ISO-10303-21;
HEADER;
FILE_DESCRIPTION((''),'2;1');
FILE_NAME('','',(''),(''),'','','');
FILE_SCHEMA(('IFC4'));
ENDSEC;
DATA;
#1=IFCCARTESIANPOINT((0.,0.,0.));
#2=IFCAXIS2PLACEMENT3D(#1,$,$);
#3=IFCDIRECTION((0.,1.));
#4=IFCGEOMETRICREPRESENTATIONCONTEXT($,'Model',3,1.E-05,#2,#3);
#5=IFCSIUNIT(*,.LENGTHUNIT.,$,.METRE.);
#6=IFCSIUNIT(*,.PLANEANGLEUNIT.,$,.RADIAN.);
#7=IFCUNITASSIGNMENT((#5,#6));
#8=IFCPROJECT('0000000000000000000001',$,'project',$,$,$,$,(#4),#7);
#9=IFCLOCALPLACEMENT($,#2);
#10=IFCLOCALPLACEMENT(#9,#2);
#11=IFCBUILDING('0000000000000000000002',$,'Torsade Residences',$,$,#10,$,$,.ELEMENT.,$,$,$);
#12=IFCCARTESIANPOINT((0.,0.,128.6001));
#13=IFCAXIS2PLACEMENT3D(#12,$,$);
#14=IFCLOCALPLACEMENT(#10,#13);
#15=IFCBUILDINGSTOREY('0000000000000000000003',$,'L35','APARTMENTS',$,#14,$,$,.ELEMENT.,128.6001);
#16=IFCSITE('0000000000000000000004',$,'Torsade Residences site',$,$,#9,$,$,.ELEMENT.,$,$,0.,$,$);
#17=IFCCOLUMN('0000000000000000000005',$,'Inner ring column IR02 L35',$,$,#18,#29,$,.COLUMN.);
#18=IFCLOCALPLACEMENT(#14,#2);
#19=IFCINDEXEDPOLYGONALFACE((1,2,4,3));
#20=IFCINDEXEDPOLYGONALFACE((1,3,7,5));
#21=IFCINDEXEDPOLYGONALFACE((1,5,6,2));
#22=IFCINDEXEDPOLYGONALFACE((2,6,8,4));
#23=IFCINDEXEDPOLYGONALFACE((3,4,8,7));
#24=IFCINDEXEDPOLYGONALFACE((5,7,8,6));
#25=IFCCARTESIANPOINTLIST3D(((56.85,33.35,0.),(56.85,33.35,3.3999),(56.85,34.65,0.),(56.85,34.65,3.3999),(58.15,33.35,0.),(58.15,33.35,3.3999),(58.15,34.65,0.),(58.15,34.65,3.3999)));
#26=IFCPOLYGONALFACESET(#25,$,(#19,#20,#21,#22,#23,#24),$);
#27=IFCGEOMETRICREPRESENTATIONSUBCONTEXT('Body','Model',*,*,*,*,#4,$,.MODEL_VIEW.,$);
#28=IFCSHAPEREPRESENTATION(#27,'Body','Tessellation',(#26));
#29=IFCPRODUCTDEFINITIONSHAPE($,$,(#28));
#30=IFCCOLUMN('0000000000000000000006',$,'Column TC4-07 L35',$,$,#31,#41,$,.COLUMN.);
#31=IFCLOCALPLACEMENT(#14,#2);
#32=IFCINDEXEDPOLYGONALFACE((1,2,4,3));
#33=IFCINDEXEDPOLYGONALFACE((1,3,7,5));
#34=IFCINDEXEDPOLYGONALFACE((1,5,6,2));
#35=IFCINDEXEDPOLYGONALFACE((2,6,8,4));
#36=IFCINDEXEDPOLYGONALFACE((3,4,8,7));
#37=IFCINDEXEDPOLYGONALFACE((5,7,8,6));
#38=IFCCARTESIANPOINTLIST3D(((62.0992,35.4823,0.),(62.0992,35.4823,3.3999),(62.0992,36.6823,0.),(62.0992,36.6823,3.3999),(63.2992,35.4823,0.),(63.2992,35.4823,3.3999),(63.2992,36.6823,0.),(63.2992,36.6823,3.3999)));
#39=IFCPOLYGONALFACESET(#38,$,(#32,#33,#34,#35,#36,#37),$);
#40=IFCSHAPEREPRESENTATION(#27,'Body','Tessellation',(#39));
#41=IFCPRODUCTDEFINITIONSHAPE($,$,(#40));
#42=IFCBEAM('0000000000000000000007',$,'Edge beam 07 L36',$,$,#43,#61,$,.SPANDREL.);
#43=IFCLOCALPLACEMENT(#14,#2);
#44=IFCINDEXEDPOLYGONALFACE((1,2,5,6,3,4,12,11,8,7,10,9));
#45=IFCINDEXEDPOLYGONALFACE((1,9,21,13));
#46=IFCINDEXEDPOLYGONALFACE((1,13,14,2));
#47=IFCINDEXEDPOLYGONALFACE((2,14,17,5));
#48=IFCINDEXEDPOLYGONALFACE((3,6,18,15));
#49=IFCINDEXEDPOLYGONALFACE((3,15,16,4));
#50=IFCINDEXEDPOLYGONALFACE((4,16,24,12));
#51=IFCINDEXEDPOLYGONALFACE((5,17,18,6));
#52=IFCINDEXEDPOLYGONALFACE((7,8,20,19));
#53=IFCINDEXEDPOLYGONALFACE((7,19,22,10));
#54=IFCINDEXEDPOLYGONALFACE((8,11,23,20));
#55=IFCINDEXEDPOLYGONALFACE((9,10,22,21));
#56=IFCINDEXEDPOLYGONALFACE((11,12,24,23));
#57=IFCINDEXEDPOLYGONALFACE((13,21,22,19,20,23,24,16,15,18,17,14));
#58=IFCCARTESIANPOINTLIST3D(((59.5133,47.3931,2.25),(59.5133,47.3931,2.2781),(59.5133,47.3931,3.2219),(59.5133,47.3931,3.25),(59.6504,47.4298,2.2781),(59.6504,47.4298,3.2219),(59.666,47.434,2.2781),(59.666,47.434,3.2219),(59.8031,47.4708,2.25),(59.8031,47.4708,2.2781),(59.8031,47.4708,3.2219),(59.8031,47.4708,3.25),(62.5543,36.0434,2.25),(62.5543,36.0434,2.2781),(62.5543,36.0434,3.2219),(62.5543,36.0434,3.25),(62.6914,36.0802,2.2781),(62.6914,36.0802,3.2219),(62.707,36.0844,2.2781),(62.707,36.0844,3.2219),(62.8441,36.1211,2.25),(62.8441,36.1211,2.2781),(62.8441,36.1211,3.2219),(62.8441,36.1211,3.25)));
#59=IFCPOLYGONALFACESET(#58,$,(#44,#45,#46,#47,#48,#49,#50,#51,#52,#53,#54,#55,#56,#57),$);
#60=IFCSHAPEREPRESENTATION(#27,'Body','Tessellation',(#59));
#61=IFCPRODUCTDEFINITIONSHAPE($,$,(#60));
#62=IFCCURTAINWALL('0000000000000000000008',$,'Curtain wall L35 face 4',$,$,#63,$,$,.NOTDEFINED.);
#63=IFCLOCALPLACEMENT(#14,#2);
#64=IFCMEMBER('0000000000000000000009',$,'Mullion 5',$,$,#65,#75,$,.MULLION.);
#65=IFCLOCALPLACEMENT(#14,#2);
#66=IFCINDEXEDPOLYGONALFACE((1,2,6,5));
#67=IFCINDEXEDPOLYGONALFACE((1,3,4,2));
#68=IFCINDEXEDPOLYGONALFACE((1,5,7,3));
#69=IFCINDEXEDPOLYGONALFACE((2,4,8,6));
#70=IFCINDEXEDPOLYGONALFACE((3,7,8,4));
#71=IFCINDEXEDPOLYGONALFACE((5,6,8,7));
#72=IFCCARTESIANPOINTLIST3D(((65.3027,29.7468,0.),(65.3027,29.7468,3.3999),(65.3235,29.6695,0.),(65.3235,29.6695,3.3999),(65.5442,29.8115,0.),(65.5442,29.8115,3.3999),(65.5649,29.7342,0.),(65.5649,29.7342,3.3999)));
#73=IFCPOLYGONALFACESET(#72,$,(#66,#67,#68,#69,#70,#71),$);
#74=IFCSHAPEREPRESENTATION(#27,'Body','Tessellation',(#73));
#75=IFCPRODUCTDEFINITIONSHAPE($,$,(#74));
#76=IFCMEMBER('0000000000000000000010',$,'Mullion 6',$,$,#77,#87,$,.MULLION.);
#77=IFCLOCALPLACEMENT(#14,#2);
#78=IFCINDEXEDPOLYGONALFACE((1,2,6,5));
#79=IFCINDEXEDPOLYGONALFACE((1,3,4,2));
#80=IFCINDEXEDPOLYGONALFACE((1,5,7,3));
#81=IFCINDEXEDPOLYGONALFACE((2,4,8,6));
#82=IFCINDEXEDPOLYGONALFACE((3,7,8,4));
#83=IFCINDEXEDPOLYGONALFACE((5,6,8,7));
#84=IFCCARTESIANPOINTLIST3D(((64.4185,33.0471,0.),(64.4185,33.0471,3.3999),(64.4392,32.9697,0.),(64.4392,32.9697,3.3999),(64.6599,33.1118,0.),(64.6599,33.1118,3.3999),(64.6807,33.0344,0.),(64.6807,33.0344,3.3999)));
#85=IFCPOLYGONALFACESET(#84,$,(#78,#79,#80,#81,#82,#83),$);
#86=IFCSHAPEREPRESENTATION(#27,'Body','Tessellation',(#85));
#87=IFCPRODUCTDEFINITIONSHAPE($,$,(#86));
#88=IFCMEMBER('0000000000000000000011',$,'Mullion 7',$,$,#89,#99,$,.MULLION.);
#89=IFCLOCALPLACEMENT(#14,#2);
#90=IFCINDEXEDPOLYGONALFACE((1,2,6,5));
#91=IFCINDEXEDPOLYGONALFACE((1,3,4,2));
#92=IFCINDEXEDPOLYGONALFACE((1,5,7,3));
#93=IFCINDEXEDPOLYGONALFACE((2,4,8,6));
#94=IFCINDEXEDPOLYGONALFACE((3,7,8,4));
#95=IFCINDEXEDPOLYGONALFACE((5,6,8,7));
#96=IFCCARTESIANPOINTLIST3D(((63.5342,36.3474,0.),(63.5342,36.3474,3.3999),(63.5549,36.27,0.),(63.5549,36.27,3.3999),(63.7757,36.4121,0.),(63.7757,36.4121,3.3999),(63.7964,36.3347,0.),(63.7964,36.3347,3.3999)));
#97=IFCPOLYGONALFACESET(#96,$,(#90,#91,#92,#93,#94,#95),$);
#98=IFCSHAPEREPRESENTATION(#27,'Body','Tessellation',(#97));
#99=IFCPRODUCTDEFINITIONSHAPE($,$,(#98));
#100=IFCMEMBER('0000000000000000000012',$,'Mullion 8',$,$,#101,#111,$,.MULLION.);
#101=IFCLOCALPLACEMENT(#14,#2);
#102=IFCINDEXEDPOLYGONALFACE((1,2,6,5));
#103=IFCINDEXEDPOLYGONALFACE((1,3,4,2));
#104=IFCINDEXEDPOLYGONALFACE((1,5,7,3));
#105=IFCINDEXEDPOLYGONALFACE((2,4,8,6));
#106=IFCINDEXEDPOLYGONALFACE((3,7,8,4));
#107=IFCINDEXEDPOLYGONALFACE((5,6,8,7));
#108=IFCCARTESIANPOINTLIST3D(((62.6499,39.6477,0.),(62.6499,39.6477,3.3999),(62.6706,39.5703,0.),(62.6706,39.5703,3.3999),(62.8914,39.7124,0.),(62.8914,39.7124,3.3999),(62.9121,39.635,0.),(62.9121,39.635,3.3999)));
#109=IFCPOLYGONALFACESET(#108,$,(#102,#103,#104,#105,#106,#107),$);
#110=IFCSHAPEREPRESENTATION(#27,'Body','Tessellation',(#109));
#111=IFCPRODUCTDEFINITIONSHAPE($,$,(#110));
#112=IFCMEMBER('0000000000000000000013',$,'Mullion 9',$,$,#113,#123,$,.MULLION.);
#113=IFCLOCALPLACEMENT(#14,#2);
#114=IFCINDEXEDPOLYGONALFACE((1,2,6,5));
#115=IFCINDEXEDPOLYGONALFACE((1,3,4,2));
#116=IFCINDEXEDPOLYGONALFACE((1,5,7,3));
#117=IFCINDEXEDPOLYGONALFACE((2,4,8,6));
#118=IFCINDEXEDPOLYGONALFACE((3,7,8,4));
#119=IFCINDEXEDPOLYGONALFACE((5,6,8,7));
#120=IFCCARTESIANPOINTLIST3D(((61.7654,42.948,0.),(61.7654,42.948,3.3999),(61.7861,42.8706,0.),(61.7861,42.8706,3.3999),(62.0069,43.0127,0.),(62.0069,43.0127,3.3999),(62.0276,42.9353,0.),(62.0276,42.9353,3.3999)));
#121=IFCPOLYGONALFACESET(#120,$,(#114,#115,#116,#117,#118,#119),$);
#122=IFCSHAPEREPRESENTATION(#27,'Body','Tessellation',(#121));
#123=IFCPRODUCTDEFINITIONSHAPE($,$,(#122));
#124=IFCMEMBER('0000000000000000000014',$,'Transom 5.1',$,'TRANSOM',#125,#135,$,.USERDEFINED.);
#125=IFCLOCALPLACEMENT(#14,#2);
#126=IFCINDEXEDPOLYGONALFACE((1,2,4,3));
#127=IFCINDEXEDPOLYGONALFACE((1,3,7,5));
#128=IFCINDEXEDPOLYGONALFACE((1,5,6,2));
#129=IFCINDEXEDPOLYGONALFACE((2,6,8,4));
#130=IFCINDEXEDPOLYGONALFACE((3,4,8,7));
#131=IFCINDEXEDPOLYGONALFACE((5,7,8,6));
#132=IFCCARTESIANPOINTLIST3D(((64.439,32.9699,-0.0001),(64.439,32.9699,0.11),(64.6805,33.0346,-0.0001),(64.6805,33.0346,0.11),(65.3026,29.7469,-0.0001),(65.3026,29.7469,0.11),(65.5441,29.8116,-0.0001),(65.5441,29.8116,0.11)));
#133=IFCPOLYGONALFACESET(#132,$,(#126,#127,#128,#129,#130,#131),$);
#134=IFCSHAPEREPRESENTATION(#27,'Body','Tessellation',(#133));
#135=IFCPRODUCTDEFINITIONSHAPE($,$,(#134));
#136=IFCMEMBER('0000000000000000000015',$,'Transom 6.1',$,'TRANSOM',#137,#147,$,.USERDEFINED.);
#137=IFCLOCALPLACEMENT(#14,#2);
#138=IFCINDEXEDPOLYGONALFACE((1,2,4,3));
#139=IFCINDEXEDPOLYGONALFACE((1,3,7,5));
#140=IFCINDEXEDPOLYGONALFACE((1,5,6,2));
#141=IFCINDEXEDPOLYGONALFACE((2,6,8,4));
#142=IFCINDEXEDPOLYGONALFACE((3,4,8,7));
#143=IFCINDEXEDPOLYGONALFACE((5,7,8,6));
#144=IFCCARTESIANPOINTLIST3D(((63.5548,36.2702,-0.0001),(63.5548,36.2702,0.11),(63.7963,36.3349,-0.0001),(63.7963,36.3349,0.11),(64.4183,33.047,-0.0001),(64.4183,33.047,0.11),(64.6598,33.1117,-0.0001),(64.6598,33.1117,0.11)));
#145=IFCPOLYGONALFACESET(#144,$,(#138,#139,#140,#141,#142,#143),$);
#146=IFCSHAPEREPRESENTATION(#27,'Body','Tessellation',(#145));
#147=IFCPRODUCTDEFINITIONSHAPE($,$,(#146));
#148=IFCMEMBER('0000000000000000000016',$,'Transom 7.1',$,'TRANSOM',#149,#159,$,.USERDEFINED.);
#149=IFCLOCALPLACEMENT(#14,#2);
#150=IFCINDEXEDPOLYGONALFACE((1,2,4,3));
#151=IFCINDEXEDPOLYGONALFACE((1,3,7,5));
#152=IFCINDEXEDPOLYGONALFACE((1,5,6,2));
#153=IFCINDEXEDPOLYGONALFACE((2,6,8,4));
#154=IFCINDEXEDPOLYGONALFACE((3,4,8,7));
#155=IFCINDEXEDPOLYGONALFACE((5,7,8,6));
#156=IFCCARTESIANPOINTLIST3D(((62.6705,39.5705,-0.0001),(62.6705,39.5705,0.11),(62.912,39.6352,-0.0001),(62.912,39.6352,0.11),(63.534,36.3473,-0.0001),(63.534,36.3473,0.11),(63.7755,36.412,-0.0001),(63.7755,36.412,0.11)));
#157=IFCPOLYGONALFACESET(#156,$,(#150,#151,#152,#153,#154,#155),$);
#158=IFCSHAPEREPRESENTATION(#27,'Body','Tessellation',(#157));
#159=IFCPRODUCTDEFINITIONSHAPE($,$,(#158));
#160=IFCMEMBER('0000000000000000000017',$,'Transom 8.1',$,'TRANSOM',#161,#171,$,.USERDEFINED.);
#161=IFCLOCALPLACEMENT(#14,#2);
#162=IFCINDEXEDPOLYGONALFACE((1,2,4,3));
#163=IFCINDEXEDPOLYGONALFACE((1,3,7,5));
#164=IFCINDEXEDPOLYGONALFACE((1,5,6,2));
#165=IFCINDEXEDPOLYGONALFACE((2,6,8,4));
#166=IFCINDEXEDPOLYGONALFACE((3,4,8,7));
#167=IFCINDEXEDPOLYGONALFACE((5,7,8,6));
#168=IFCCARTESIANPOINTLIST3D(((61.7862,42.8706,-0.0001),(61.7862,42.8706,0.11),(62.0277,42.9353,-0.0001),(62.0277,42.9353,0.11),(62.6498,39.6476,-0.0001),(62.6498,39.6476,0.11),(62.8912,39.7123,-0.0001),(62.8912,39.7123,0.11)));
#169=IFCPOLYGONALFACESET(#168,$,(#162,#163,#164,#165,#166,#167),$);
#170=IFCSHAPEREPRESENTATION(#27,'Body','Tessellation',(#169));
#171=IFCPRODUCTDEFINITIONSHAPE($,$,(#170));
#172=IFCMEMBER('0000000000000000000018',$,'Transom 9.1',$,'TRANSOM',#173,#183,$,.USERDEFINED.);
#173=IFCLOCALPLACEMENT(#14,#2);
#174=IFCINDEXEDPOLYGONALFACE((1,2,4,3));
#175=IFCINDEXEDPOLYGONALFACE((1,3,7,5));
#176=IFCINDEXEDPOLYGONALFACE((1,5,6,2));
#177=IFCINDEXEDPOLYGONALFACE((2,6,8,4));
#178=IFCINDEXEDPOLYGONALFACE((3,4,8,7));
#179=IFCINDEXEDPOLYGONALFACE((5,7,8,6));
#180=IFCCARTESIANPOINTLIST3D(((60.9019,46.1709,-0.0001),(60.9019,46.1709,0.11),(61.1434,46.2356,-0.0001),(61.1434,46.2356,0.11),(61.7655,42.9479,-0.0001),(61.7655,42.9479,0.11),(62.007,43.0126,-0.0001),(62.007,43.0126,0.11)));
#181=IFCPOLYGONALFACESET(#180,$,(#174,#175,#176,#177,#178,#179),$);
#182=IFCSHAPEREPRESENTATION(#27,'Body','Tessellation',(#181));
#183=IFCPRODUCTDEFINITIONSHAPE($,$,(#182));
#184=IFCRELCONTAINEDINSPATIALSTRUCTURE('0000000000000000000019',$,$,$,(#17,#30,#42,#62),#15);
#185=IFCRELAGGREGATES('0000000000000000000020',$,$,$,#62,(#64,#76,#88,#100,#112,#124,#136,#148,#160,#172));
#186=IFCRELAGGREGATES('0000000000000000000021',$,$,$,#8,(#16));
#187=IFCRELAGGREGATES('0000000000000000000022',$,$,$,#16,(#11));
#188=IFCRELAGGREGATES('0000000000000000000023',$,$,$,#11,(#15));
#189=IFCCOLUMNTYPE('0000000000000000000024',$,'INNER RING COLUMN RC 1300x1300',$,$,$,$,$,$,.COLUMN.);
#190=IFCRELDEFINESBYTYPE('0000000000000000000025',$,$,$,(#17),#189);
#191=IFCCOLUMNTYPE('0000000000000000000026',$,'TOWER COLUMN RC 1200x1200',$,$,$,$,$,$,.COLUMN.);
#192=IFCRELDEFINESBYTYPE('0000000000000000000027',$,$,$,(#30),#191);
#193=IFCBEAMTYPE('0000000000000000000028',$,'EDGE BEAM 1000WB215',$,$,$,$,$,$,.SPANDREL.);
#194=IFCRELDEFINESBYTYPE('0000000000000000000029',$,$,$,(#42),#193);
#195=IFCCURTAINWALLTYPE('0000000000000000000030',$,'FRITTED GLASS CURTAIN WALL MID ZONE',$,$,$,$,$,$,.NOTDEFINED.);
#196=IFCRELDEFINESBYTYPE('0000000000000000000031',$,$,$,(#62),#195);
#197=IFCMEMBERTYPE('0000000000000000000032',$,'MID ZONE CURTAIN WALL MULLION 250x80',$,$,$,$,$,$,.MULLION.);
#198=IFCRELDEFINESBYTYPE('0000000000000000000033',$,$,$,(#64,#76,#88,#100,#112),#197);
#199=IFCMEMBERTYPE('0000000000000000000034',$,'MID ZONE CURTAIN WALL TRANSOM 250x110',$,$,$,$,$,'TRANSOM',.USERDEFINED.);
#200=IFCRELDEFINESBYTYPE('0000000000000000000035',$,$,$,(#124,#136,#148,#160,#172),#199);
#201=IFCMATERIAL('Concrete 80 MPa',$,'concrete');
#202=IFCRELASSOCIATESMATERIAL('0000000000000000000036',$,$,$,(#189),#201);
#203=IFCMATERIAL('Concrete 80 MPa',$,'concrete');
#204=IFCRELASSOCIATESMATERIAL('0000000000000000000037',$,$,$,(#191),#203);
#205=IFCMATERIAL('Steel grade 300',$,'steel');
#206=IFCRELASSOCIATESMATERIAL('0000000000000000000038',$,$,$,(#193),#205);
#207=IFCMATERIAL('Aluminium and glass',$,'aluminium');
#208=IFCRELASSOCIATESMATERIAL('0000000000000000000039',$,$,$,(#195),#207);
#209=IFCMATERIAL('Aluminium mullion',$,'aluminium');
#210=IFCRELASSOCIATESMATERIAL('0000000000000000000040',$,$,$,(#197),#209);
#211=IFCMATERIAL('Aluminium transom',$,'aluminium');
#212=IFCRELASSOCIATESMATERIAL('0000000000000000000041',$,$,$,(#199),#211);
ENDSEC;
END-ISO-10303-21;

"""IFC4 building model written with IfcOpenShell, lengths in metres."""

from ifc_helpers import new_model, si_unit, direction, frame, origin, origin_2d, place, context, subcontext, project, spatial, rectangle, i_section, extrude, material, material_profile, profile_set, type_object, element, aggregate, save


model = new_model("IFC4")

# Units and contexts
model_context = context("Model", 3, precision=1e-05, world=origin(), true_north=direction((0.0, 1.0)))
body_context = subcontext(model_context, "Body", "Model", "MODEL_VIEW")
ifc_project = project(units=[si_unit("LENGTHUNIT", "METRE"), si_unit("PLANEANGLEUNIT", "RADIAN")], contexts=[model_context])

# Site, building, storey
site_placement = place(None, origin())
site = spatial("IfcSite", under=ifc_project, at=site_placement, Name="Torsade Residences site", CompositionType="ELEMENT", RefElevation=0.0)
building_placement = place(site_placement, origin())
building = spatial("IfcBuilding", under=site, at=building_placement, Name="Torsade Residences", CompositionType="ELEMENT")
storey_placement = place(building_placement, frame((0.0, 0.0, 128.6001)))
storey = spatial("IfcBuildingStorey", under=building, at=storey_placement, Name="L35", Description="APARTMENTS", CompositionType="ELEMENT", Elevation=128.6001)

# Columns
ifc_material_1 = material(Name="Concrete 80 MPa", Category="concrete")
ifc_material_profile_1 = material_profile(ifc_material_1, rectangle(XDim=1.3, YDim=1.3, at=origin_2d()), Name="RC 1300x1300")
ifc_profile_set_1 = profile_set([ifc_material_profile_1], Name="Concrete 80 MPa")
column_type_1 = type_object("IfcColumnType", Name="INNER RING COLUMN RC 1300x1300", PredefinedType="COLUMN", material=ifc_profile_set_1)
column_1_placement = place(storey_placement, frame((57.5, 34.0, 0.0), z_axis=(0.0, 0.0, 1.0), x_axis=(1.0, 0.0, 0.0)))
element("IfcColumn", 1, at=column_1_placement, inside=storey, type_object=column_type_1, Name="Inner ring column IR02 L35", PredefinedType="COLUMN", context=body_context, shape_type="SweptSolid", body=[
    extrude(rectangle(XDim=1.3, YDim=1.3, at=origin_2d()), origin(), (0.0, 0.0, 1.0), 3.3999),
])
ifc_material_2 = material(Name="Concrete 80 MPa", Category="concrete")
ifc_material_profile_2 = material_profile(ifc_material_2, rectangle(XDim=1.2, YDim=1.2, at=origin_2d()), Name="RC 1200x1200")
ifc_profile_set_2 = profile_set([ifc_material_profile_2], Name="Concrete 80 MPa")
column_type_2 = type_object("IfcColumnType", Name="TOWER COLUMN RC 1200x1200", PredefinedType="COLUMN", material=ifc_profile_set_2)
column_2_placement = place(storey_placement, frame((62.6992, 36.0823, 0.0), z_axis=(0.0, 0.0, 1.0), x_axis=(1.0, 0.0, 0.0)))
element("IfcColumn", 2, at=column_2_placement, inside=storey, type_object=column_type_2, Name="Column TC4-07 L35", PredefinedType="COLUMN", context=body_context, shape_type="SweptSolid", body=[
    extrude(rectangle(XDim=1.2, YDim=1.2, at=origin_2d()), origin(), (0.0, 0.0, 1.0), 3.3999),
])

# Beam
ifc_material_3 = material(Name="Steel grade 300", Category="steel")
ifc_material_profile_3 = material_profile(ifc_material_3, i_section(OverallWidth=0.3, OverallDepth=1.0, WebThickness=0.0161, FlangeThickness=0.0281, at=origin_2d()), Name="1000WB215")
ifc_profile_set_3 = profile_set([ifc_material_profile_3], Name="Steel grade 300")
beam_type_1 = type_object("IfcBeamType", Name="EDGE BEAM 1000WB215", PredefinedType="SPANDREL", material=ifc_profile_set_3)
beam_1_placement = place(storey_placement, frame((62.6992, 36.0823, 2.75), z_axis=(-0.258811, 0.965928, 0.0), x_axis=(-0.965928, -0.258811, 0.0)))
element("IfcBeam", 3, at=beam_1_placement, inside=storey, type_object=beam_type_1, Name="Edge beam 07 L36", PredefinedType="SPANDREL", context=body_context, shape_type="SweptSolid", body=[
    extrude(i_section(OverallWidth=0.3, OverallDepth=1.0, WebThickness=0.0161, FlangeThickness=0.0281, at=origin_2d()), origin(), (0.0, 0.0, 1.0), 11.75),
])

# Curtain wall, members
ifc_material_4 = material(Name="Aluminium and glass", Category="aluminium")
curtain_wall_type = type_object("IfcCurtainWallType", Name="FRITTED GLASS CURTAIN WALL MID ZONE", PredefinedType="NOTDEFINED", material=ifc_material_4)
curtain_wall_placement = place(storey_placement, origin())
curtain_wall = element("IfcCurtainWall", 4, at=curtain_wall_placement, inside=storey, type_object=curtain_wall_type, Name="Curtain wall L35 face 4", PredefinedType="NOTDEFINED")
ifc_material_5 = material(Name="Aluminium mullion", Category="aluminium")
ifc_material_profile_4 = material_profile(ifc_material_5, rectangle(XDim=0.25, YDim=0.0801, at=origin_2d()), Name="MID ZONE CURTAIN WALL MULLION 250x80")
ifc_profile_set_4 = profile_set([ifc_material_profile_4], Name="Aluminium mullion")
member_type_1 = type_object("IfcMemberType", Name="MID ZONE CURTAIN WALL MULLION 250x80", PredefinedType="MULLION", material=ifc_profile_set_4)
member_1_placement = place(storey_placement, frame((65.4338, 29.7405, 0.0), z_axis=(0.0, 0.0, 1.0), x_axis=(-0.965926, -0.258819, 0.0)))
member_1 = element("IfcMember", 5, at=member_1_placement, type_object=member_type_1, Name="Mullion 5", PredefinedType="MULLION", context=body_context, shape_type="SweptSolid", body=[
    extrude(rectangle(XDim=0.25, YDim=0.0801, at=origin_2d()), origin(), (0.0, 0.0, 1.0), 3.3999),
])
member_2_placement = place(storey_placement, frame((64.5496, 33.0408, 0.0), z_axis=(0.0, 0.0, 1.0), x_axis=(-0.965926, -0.258819, 0.0)))
member_2 = element("IfcMember", 6, at=member_2_placement, type_object=member_type_1, Name="Mullion 6", PredefinedType="MULLION", context=body_context, shape_type="SweptSolid", body=[
    extrude(rectangle(XDim=0.25, YDim=0.0801, at=origin_2d()), origin(), (0.0, 0.0, 1.0), 3.3999),
])
member_3_placement = place(storey_placement, frame((63.6653, 36.3411, 0.0), z_axis=(0.0, 0.0, 1.0), x_axis=(-0.965926, -0.258819, 0.0)))
member_3 = element("IfcMember", 7, at=member_3_placement, type_object=member_type_1, Name="Mullion 7", PredefinedType="MULLION", context=body_context, shape_type="SweptSolid", body=[
    extrude(rectangle(XDim=0.25, YDim=0.0801, at=origin_2d()), origin(), (0.0, 0.0, 1.0), 3.3999),
])
member_4_placement = place(storey_placement, frame((62.781, 39.6414, 0.0), z_axis=(0.0, 0.0, 1.0), x_axis=(-0.965926, -0.258819, 0.0)))
member_4 = element("IfcMember", 8, at=member_4_placement, type_object=member_type_1, Name="Mullion 8", PredefinedType="MULLION", context=body_context, shape_type="SweptSolid", body=[
    extrude(rectangle(XDim=0.25, YDim=0.0801, at=origin_2d()), origin(), (0.0, 0.0, 1.0), 3.3999),
])
member_5_placement = place(storey_placement, frame((61.8965, 42.9417, 0.0), z_axis=(0.0, 0.0, 1.0), x_axis=(-0.965926, -0.258819, 0.0)))
member_5 = element("IfcMember", 9, at=member_5_placement, type_object=member_type_1, Name="Mullion 9", PredefinedType="MULLION", context=body_context, shape_type="SweptSolid", body=[
    extrude(rectangle(XDim=0.25, YDim=0.0801, at=origin_2d()), origin(), (0.0, 0.0, 1.0), 3.3999),
])
ifc_material_6 = material(Name="Aluminium transom", Category="aluminium")
ifc_material_profile_5 = material_profile(ifc_material_6, rectangle(XDim=0.25, YDim=0.1101, at=origin_2d()), Name="MID ZONE CURTAIN WALL TRANSOM 250x110")
ifc_profile_set_5 = profile_set([ifc_material_profile_5], Name="Aluminium transom")
member_type_2 = type_object("IfcMemberType", Name="MID ZONE CURTAIN WALL TRANSOM 250x110", ElementType="TRANSOM", PredefinedType="USERDEFINED", material=ifc_profile_set_5)
member_6_placement = place(storey_placement, frame((65.4233, 29.7793, 0.0549), z_axis=(-0.258806, 0.965929, 0.0), x_axis=(-0.965929, -0.258806, 0.0)))
member_6 = element("IfcMember", 10, at=member_6_placement, type_object=member_type_2, Name="Transom 5.1", ObjectType="TRANSOM", PredefinedType="USERDEFINED", context=body_context, shape_type="SweptSolid", body=[
    extrude(rectangle(XDim=0.25, YDim=0.1101, at=origin_2d()), origin(), (0.0, 0.0, 1.0), 3.3367),
])
member_7_placement = place(storey_placement, frame((64.5391, 33.0793, 0.0549), z_axis=(-0.258787, 0.965934, 0.0), x_axis=(-0.965934, -0.258787, 0.0)))
member_7 = element("IfcMember", 11, at=member_7_placement, type_object=member_type_2, Name="Transom 6.1", ObjectType="TRANSOM", PredefinedType="USERDEFINED", context=body_context, shape_type="SweptSolid", body=[
    extrude(rectangle(XDim=0.25, YDim=0.1101, at=origin_2d()), origin(), (0.0, 0.0, 1.0), 3.3369),
])
member_8_placement = place(storey_placement, frame((63.6548, 36.3796, 0.0549), z_axis=(-0.258787, 0.965934, 0.0), x_axis=(-0.965934, -0.258787, 0.0)))
member_8 = element("IfcMember", 12, at=member_8_placement, type_object=member_type_2, Name="Transom 7.1", ObjectType="TRANSOM", PredefinedType="USERDEFINED", context=body_context, shape_type="SweptSolid", body=[
    extrude(rectangle(XDim=0.25, YDim=0.1101, at=origin_2d()), origin(), (0.0, 0.0, 1.0), 3.3369),
])
member_9_placement = place(storey_placement, frame((62.7705, 39.6799, 0.0549), z_axis=(-0.258806, 0.965929, 0.0), x_axis=(-0.965929, -0.258806, 0.0)))
member_9 = element("IfcMember", 13, at=member_9_placement, type_object=member_type_2, Name="Transom 8.1", ObjectType="TRANSOM", PredefinedType="USERDEFINED", context=body_context, shape_type="SweptSolid", body=[
    extrude(rectangle(XDim=0.25, YDim=0.1101, at=origin_2d()), origin(), (0.0, 0.0, 1.0), 3.3367),
])
member_10_placement = place(storey_placement, frame((61.8862, 42.9802, 0.0549), z_axis=(-0.258806, 0.965929, 0.0), x_axis=(-0.965929, -0.258806, 0.0)))
member_10 = element("IfcMember", 14, at=member_10_placement, type_object=member_type_2, Name="Transom 9.1", ObjectType="TRANSOM", PredefinedType="USERDEFINED", context=body_context, shape_type="SweptSolid", body=[
    extrude(rectangle(XDim=0.25, YDim=0.1101, at=origin_2d()), origin(), (0.0, 0.0, 1.0), 3.3367),
])

aggregate(curtain_wall, [member_1, member_2, member_3, member_4, member_5, member_6, member_7, member_8, member_9, member_10])

save(model, "model.ifc")
